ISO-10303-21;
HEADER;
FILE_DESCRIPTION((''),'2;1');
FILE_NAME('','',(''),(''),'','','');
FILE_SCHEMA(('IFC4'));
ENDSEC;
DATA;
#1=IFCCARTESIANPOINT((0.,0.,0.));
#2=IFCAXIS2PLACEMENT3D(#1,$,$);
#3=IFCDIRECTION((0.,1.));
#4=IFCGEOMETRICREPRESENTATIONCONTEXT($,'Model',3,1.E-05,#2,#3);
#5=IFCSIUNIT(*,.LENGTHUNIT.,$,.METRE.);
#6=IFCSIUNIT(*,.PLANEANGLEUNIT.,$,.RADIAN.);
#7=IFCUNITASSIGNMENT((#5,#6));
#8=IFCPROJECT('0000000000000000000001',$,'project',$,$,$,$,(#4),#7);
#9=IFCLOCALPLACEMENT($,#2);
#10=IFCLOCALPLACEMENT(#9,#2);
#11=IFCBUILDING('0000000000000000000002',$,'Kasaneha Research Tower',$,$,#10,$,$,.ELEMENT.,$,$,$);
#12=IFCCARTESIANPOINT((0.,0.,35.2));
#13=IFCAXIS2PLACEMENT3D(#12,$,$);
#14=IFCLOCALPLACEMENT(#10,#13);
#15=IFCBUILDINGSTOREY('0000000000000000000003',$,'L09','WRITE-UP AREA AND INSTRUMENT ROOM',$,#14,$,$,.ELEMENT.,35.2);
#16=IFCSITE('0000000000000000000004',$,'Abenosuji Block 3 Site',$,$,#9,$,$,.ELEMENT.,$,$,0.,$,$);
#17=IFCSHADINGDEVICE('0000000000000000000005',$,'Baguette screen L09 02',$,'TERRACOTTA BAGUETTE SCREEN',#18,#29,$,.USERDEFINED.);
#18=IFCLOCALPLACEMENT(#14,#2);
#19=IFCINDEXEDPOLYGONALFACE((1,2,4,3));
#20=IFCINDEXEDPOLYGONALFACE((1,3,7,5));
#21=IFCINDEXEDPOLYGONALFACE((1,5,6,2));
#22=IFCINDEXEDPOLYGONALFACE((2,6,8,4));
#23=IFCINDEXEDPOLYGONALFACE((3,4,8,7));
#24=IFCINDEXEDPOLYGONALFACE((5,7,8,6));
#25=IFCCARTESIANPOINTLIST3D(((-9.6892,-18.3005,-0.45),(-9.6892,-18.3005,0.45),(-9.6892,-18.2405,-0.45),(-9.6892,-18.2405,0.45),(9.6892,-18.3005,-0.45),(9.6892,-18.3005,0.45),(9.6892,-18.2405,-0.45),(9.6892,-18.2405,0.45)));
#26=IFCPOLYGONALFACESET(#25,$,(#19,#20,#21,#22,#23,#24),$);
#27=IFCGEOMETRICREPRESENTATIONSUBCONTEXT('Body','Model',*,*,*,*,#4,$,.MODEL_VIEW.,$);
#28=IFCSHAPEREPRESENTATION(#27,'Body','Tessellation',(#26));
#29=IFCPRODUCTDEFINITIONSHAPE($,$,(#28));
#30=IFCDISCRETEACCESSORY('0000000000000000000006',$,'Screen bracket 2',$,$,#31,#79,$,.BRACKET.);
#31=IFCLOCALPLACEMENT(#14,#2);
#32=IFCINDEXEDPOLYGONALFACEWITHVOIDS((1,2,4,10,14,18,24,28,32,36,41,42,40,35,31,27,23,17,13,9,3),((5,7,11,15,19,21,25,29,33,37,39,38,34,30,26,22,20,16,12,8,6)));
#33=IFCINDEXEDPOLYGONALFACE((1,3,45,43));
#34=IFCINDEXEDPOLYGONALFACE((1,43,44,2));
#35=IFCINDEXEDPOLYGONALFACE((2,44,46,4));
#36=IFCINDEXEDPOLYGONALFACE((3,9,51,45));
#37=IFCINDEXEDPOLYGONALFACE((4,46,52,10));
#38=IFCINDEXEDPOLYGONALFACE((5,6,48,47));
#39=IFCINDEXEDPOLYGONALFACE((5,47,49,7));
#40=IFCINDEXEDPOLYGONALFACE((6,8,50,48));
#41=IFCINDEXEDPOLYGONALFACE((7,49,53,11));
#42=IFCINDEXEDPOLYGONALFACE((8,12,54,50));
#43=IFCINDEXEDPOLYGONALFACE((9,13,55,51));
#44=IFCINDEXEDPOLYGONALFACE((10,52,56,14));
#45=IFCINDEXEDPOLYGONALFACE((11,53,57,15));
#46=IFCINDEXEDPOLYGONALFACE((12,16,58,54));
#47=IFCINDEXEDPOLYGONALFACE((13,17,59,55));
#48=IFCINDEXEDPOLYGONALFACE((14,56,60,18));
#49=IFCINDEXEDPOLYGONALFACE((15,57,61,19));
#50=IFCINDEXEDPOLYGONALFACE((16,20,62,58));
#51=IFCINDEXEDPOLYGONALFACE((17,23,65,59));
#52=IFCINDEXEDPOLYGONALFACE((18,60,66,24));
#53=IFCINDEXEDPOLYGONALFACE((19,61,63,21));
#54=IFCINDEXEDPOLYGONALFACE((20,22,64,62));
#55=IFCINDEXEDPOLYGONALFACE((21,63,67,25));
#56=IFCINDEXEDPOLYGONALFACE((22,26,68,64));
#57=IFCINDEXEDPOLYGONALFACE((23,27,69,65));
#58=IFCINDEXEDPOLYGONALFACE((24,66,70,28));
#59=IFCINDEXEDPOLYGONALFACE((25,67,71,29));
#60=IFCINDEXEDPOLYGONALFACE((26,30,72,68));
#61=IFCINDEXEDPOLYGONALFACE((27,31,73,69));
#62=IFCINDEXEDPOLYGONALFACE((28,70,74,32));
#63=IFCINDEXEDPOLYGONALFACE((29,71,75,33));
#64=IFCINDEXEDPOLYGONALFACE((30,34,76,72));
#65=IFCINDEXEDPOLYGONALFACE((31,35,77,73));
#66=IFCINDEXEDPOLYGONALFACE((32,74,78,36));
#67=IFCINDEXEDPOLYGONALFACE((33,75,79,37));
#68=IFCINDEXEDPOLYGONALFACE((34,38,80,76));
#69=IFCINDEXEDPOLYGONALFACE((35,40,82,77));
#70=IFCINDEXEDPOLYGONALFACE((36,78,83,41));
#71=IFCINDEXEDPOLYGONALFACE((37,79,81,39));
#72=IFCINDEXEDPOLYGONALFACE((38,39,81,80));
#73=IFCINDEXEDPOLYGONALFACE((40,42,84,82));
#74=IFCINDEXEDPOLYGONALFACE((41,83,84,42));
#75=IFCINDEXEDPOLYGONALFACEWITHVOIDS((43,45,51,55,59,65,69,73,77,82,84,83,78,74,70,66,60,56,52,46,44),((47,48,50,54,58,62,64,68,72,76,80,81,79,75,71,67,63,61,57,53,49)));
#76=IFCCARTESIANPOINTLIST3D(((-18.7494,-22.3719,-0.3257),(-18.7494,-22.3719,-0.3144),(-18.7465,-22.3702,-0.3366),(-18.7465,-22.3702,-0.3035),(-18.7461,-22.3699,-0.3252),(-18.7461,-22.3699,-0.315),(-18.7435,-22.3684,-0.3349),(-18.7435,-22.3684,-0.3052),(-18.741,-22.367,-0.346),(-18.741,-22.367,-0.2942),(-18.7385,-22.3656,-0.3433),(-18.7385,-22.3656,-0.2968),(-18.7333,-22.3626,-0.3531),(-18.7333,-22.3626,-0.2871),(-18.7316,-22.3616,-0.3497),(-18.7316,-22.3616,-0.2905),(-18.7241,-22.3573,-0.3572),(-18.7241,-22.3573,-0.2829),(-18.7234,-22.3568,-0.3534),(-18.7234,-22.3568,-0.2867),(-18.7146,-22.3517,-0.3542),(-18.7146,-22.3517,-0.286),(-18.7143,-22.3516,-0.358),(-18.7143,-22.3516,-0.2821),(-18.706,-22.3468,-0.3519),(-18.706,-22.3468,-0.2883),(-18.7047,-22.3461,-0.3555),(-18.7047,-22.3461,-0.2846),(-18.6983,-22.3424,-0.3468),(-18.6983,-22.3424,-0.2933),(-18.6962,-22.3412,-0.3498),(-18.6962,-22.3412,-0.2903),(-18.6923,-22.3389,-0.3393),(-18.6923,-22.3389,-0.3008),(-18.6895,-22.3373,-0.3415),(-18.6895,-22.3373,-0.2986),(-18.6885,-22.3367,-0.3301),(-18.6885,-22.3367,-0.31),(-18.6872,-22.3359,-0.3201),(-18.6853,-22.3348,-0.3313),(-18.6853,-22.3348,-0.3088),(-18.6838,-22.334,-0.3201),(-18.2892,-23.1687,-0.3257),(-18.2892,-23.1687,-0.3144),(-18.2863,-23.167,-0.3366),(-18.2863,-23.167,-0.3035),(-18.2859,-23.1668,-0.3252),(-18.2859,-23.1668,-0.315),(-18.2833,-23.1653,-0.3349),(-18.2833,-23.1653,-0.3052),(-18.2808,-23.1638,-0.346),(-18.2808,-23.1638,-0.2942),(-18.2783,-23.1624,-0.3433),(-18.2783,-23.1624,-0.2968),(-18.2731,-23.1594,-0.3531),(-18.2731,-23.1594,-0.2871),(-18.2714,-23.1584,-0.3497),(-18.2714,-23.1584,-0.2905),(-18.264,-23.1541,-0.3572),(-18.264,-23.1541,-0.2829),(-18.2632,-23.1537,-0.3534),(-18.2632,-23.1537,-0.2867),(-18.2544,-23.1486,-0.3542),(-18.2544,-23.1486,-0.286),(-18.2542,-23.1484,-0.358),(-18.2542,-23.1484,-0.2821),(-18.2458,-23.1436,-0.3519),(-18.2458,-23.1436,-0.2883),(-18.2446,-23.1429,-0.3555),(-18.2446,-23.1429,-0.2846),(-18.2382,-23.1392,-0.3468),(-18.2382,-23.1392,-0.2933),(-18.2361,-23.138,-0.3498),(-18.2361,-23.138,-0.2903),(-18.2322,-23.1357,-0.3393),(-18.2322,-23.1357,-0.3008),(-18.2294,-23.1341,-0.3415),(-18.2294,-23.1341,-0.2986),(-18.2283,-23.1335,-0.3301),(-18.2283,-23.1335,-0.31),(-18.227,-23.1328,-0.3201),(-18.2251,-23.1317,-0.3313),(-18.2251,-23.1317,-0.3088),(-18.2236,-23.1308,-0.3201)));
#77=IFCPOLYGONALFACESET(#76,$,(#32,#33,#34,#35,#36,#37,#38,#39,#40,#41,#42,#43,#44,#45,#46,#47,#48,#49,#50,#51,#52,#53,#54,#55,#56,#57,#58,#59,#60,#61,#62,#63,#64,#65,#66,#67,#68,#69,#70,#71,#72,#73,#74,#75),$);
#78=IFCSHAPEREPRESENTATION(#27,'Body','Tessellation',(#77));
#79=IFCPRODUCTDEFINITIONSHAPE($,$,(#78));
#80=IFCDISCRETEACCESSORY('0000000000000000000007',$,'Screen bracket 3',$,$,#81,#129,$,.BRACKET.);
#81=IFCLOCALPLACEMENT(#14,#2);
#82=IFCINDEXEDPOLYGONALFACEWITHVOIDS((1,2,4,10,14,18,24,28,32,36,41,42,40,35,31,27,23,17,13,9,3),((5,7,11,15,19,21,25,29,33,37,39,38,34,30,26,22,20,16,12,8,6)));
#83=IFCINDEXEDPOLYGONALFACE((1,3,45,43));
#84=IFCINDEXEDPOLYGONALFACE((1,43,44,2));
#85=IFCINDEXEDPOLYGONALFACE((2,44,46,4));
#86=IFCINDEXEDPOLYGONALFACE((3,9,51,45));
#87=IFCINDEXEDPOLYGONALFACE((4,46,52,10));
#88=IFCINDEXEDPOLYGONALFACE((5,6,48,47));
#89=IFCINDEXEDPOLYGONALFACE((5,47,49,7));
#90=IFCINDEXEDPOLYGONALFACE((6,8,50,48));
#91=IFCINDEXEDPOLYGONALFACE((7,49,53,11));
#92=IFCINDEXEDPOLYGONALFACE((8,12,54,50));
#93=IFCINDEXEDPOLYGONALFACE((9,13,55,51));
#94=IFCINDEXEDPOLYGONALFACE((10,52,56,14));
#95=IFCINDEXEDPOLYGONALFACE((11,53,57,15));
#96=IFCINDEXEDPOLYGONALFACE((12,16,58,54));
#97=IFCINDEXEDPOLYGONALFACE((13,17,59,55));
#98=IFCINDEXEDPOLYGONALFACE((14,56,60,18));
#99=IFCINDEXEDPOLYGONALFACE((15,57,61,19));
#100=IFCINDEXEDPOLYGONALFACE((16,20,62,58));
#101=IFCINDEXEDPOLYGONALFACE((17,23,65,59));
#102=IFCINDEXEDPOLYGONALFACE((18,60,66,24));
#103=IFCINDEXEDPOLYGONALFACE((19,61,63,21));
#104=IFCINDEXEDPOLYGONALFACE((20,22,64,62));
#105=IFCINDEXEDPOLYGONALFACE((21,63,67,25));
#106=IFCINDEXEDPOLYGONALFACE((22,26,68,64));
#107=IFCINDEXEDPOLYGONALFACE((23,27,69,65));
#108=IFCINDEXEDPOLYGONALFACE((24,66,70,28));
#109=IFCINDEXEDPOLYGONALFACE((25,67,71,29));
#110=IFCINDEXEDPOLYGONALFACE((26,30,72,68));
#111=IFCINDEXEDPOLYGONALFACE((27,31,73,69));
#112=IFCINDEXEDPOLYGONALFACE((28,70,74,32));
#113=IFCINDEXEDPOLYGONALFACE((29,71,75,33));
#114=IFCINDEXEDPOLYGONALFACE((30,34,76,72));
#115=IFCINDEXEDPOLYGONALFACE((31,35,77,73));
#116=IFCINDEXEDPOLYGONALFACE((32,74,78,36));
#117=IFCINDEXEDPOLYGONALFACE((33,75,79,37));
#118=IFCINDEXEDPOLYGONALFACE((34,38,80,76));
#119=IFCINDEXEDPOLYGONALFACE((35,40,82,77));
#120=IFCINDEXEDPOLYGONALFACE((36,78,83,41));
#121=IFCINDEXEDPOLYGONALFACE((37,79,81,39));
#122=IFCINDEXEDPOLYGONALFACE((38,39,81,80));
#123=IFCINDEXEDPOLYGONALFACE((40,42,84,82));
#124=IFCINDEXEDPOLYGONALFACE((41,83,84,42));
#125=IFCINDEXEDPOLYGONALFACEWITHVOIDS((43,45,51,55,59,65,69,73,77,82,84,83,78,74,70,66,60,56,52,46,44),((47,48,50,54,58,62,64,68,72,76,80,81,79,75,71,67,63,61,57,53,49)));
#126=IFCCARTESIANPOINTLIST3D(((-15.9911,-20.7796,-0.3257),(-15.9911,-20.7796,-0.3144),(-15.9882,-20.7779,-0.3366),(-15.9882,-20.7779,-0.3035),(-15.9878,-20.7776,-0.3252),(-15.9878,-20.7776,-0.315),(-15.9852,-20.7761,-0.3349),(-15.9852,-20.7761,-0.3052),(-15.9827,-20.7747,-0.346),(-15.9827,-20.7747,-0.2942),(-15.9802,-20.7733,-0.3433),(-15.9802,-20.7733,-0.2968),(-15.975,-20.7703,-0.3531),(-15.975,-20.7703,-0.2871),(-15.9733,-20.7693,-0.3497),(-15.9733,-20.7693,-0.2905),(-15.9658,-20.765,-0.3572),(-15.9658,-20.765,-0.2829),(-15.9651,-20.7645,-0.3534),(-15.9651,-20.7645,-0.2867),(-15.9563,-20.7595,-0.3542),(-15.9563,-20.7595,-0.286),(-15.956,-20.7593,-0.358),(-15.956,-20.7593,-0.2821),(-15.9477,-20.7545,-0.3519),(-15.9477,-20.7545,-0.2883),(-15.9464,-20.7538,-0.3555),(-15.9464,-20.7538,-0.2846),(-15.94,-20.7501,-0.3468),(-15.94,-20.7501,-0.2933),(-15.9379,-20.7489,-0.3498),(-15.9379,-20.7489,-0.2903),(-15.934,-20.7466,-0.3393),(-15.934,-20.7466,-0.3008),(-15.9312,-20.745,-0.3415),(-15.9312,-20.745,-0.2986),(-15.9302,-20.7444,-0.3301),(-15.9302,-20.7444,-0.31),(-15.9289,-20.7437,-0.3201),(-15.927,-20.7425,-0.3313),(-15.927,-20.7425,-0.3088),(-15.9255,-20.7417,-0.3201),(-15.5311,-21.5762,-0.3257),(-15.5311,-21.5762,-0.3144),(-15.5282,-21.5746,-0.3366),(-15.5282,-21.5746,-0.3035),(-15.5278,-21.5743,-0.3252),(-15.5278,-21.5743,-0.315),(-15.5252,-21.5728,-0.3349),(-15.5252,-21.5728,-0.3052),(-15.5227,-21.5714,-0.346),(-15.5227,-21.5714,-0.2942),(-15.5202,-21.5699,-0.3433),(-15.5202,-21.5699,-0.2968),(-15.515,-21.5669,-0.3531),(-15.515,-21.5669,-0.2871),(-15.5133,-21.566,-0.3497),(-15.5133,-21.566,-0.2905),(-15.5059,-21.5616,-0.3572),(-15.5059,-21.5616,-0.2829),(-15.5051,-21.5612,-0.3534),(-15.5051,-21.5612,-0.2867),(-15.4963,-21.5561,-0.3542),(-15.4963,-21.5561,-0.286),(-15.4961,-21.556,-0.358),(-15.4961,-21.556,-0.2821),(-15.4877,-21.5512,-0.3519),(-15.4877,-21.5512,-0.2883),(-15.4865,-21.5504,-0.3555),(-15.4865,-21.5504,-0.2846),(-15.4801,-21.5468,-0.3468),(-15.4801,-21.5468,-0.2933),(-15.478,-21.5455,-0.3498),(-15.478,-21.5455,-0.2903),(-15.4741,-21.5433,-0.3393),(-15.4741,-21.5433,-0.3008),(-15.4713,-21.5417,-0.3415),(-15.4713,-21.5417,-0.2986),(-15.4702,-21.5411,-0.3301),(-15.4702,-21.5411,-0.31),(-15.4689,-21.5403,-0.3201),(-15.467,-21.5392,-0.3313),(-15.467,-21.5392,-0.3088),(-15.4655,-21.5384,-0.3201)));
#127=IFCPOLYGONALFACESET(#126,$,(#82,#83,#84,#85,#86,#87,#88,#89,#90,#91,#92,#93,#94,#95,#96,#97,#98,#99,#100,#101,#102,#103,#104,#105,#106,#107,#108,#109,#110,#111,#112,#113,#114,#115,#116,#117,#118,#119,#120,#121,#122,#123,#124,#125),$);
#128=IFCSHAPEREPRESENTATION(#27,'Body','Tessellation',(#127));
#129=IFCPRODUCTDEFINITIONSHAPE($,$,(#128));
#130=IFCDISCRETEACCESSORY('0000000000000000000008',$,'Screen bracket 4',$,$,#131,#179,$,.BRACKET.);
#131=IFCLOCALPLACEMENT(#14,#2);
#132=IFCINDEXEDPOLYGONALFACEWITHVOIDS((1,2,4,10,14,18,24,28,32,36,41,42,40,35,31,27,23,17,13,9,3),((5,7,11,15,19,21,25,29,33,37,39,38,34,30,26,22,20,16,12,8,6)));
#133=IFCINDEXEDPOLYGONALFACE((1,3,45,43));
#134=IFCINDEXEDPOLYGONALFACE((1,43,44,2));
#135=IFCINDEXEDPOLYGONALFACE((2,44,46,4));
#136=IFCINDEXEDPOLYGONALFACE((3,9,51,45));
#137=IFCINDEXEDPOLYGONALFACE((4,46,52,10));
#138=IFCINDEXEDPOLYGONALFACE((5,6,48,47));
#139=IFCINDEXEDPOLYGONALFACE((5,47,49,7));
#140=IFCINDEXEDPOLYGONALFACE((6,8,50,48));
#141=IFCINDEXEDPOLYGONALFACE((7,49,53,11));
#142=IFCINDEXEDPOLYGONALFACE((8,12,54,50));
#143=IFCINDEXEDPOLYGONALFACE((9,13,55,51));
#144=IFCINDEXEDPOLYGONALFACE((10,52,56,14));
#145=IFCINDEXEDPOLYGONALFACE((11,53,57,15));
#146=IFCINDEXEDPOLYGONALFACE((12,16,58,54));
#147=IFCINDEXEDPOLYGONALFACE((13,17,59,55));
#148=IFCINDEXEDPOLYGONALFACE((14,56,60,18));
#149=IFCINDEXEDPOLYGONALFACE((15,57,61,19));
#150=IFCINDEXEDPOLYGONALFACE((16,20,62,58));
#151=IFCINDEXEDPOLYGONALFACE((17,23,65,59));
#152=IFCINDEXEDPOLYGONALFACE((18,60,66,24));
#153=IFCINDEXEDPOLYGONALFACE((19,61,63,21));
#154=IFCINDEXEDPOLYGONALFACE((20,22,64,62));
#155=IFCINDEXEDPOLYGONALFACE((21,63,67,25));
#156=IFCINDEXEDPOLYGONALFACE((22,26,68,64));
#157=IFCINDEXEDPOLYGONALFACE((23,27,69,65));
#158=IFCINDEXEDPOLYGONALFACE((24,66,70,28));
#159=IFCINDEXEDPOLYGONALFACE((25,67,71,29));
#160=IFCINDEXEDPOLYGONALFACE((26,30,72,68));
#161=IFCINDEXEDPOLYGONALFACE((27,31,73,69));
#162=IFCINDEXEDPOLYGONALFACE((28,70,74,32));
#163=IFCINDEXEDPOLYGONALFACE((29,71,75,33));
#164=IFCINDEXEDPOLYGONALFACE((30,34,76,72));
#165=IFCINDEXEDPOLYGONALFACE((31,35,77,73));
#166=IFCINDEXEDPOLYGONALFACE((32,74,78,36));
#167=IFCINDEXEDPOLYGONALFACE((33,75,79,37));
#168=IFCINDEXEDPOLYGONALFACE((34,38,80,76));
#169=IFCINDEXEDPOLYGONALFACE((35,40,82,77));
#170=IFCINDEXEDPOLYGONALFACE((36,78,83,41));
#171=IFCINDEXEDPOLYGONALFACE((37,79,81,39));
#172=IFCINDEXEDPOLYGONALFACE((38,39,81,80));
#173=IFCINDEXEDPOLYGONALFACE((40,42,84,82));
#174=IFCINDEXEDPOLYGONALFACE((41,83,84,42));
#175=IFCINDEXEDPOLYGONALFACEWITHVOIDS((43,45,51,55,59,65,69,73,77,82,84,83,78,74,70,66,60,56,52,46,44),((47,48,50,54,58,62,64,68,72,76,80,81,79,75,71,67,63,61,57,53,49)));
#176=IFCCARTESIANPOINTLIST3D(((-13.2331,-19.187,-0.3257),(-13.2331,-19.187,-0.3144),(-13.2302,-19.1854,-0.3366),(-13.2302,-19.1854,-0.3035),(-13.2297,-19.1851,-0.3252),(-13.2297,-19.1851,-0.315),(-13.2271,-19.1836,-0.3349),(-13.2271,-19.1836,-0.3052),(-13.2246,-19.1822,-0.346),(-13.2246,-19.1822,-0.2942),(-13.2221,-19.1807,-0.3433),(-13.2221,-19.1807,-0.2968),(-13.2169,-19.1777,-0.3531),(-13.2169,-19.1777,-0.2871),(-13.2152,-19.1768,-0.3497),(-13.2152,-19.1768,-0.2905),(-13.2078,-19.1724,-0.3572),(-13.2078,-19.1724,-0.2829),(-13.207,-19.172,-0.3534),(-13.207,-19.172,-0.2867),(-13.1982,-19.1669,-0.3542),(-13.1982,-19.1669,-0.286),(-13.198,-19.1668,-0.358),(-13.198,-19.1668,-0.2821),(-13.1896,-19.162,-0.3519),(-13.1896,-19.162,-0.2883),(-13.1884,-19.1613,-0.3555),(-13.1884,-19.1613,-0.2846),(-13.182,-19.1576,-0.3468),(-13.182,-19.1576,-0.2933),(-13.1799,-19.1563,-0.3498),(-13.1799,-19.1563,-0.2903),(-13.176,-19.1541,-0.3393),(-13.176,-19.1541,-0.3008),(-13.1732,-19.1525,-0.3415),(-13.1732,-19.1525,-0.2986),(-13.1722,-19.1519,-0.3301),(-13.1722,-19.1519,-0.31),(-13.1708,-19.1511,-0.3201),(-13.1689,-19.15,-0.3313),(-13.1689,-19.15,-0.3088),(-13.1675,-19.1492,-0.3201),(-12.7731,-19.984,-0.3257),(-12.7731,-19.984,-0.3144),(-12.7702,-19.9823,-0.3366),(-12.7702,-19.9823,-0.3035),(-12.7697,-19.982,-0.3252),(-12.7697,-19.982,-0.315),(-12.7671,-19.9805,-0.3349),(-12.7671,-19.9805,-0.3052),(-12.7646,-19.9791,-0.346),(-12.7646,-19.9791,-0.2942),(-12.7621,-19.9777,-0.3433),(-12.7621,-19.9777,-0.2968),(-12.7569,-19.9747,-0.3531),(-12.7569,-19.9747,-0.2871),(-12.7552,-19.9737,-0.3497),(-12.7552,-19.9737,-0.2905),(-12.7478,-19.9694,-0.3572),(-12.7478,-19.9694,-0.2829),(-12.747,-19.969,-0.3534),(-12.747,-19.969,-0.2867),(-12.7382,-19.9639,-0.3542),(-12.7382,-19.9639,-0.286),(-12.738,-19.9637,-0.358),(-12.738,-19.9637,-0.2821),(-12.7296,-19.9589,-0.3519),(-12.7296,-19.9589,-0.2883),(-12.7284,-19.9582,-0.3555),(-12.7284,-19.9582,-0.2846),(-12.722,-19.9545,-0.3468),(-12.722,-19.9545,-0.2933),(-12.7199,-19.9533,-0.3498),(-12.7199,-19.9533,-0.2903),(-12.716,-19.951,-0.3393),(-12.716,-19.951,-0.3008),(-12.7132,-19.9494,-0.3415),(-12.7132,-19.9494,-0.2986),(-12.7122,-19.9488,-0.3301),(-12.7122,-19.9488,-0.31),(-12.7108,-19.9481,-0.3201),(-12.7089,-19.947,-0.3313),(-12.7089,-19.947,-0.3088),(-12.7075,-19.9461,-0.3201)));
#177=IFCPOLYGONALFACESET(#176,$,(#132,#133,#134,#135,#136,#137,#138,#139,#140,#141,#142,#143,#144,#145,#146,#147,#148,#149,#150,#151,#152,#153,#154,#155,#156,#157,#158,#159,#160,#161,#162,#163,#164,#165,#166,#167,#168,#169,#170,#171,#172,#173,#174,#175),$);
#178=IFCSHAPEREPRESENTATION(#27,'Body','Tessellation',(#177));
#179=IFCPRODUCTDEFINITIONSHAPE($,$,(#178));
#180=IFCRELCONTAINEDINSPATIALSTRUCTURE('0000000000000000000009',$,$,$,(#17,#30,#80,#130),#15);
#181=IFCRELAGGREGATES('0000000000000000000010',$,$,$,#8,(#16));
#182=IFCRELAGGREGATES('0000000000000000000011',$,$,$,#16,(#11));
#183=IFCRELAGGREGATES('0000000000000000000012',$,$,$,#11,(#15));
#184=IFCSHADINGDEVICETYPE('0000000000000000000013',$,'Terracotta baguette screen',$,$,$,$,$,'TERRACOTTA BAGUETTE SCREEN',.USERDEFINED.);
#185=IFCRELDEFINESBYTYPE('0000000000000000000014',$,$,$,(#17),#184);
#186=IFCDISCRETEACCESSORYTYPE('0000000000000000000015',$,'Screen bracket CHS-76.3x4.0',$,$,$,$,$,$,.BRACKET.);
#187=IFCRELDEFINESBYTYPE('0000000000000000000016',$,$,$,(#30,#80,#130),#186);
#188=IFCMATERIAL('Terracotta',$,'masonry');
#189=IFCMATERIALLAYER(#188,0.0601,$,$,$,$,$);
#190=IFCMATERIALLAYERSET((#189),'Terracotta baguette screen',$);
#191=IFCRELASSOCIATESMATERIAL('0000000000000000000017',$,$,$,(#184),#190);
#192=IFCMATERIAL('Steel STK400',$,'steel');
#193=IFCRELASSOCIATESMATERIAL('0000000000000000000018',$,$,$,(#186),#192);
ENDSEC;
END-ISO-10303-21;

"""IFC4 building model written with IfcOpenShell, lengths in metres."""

from ifc_helpers import new_model, si_unit, direction, frame, origin, origin_2d, place, context, subcontext, project, spatial, rectangle, hollow_circle, extrude, material, layer, layer_set, material_profile, profile_set, type_object, element, save


model = new_model("IFC4")

# Units and contexts
model_context = context("Model", 3, precision=1e-05, world=origin(), true_north=direction((0.0, 1.0)))
body_context = subcontext(model_context, "Body", "Model", "MODEL_VIEW")
ifc_project = project(units=[si_unit("LENGTHUNIT", "METRE"), si_unit("PLANEANGLEUNIT", "RADIAN")], contexts=[model_context])

# Site, building, storey
site_placement = place(None, origin())
site = spatial("IfcSite", under=ifc_project, at=site_placement, Name="Abenosuji Block 3 Site", CompositionType="ELEMENT", RefElevation=0.0)
building_placement = place(site_placement, origin())
building = spatial("IfcBuilding", under=site, at=building_placement, Name="Kasaneha Research Tower", CompositionType="ELEMENT")
storey_placement = place(building_placement, frame((0.0, 0.0, 35.2)))
storey = spatial("IfcBuildingStorey", under=building, at=storey_placement, Name="L09", Description="WRITE-UP AREA AND INSTRUMENT ROOM", CompositionType="ELEMENT", Elevation=35.2)

# Shading device
ifc_material_1 = material(Name="Terracotta", Category="masonry")
ifc_layer_1 = layer(ifc_material_1, 0.0601)
ifc_layer_set_1 = layer_set([ifc_layer_1], Name="Terracotta baguette screen")
shading_device_type = type_object("IfcShadingDeviceType", Name="Terracotta baguette screen", ElementType="TERRACOTTA BAGUETTE SCREEN", PredefinedType="USERDEFINED", material=ifc_layer_set_1)
shading_device_1_placement = place(storey_placement, frame((0.0, -18.2705, -0.45), z_axis=(0.0, 0.0, 1.0), x_axis=(1.0, 0.0, 0.0)))
element("IfcShadingDevice", 1, at=shading_device_1_placement, inside=storey, type_object=shading_device_type, Name="Baguette screen L09 02", ObjectType="TERRACOTTA BAGUETTE SCREEN", PredefinedType="USERDEFINED", context=body_context, shape_type="SweptSolid", body=[
    extrude(rectangle(XDim=19.3784, YDim=0.0601, at=origin_2d()), origin(), (0.0, 0.0, 1.0), 0.8999),
])

# Discrete accessories
ifc_material_2 = material(Name="Steel STK400", Category="steel")
ifc_material_profile_1 = material_profile(ifc_material_2, hollow_circle(Radius=0.0381, WallThickness=0.0039, at=origin_2d()), Name="CHS-76.3x4.0")
ifc_profile_set_1 = profile_set([ifc_material_profile_1], Name="Steel STK400")
discrete_accessory_type = type_object("IfcDiscreteAccessoryType", Name="Screen bracket CHS-76.3x4.0", PredefinedType="BRACKET", material=ifc_profile_set_1)
discrete_accessory_1_placement = place(storey_placement, frame((-18.7168, -22.353, -0.3201), z_axis=(0.500105, -0.865965, 0.0), x_axis=(0.865965, 0.500105, 0.0)))
element("IfcDiscreteAccessory", 2, at=discrete_accessory_1_placement, inside=storey, type_object=discrete_accessory_type, Name="Screen bracket 2", PredefinedType="BRACKET", context=body_context, shape_type="SweptSolid", body=[
    extrude(hollow_circle(Radius=0.0381, WallThickness=0.0039, at=origin_2d()), origin(), (0.0, 0.0, 1.0), 0.9202),
])
discrete_accessory_2_placement = place(storey_placement, frame((-15.9585, -20.7607, -0.3201), z_axis=(0.500021, -0.866013, 0.0), x_axis=(0.866013, 0.500021, 0.0)))
element("IfcDiscreteAccessory", 3, at=discrete_accessory_2_placement, inside=storey, type_object=discrete_accessory_type, Name="Screen bracket 3", PredefinedType="BRACKET", context=body_context, shape_type="SweptSolid", body=[
    extrude(hollow_circle(Radius=0.0381, WallThickness=0.0039, at=origin_2d()), origin(), (0.0, 0.0, 1.0), 0.9199),
])
discrete_accessory_3_placement = place(storey_placement, frame((-13.2004, -19.1682, -0.3201), z_axis=(0.499906, -0.86608, 0.0), x_axis=(0.86608, 0.499906, 0.0)))
element("IfcDiscreteAccessory", 4, at=discrete_accessory_3_placement, inside=storey, type_object=discrete_accessory_type, Name="Screen bracket 4", PredefinedType="BRACKET", context=body_context, shape_type="SweptSolid", body=[
    extrude(hollow_circle(Radius=0.0381, WallThickness=0.0039, at=origin_2d()), origin(), (0.0, 0.0, 1.0), 0.9202),
])

save(model, "model.ifc")
